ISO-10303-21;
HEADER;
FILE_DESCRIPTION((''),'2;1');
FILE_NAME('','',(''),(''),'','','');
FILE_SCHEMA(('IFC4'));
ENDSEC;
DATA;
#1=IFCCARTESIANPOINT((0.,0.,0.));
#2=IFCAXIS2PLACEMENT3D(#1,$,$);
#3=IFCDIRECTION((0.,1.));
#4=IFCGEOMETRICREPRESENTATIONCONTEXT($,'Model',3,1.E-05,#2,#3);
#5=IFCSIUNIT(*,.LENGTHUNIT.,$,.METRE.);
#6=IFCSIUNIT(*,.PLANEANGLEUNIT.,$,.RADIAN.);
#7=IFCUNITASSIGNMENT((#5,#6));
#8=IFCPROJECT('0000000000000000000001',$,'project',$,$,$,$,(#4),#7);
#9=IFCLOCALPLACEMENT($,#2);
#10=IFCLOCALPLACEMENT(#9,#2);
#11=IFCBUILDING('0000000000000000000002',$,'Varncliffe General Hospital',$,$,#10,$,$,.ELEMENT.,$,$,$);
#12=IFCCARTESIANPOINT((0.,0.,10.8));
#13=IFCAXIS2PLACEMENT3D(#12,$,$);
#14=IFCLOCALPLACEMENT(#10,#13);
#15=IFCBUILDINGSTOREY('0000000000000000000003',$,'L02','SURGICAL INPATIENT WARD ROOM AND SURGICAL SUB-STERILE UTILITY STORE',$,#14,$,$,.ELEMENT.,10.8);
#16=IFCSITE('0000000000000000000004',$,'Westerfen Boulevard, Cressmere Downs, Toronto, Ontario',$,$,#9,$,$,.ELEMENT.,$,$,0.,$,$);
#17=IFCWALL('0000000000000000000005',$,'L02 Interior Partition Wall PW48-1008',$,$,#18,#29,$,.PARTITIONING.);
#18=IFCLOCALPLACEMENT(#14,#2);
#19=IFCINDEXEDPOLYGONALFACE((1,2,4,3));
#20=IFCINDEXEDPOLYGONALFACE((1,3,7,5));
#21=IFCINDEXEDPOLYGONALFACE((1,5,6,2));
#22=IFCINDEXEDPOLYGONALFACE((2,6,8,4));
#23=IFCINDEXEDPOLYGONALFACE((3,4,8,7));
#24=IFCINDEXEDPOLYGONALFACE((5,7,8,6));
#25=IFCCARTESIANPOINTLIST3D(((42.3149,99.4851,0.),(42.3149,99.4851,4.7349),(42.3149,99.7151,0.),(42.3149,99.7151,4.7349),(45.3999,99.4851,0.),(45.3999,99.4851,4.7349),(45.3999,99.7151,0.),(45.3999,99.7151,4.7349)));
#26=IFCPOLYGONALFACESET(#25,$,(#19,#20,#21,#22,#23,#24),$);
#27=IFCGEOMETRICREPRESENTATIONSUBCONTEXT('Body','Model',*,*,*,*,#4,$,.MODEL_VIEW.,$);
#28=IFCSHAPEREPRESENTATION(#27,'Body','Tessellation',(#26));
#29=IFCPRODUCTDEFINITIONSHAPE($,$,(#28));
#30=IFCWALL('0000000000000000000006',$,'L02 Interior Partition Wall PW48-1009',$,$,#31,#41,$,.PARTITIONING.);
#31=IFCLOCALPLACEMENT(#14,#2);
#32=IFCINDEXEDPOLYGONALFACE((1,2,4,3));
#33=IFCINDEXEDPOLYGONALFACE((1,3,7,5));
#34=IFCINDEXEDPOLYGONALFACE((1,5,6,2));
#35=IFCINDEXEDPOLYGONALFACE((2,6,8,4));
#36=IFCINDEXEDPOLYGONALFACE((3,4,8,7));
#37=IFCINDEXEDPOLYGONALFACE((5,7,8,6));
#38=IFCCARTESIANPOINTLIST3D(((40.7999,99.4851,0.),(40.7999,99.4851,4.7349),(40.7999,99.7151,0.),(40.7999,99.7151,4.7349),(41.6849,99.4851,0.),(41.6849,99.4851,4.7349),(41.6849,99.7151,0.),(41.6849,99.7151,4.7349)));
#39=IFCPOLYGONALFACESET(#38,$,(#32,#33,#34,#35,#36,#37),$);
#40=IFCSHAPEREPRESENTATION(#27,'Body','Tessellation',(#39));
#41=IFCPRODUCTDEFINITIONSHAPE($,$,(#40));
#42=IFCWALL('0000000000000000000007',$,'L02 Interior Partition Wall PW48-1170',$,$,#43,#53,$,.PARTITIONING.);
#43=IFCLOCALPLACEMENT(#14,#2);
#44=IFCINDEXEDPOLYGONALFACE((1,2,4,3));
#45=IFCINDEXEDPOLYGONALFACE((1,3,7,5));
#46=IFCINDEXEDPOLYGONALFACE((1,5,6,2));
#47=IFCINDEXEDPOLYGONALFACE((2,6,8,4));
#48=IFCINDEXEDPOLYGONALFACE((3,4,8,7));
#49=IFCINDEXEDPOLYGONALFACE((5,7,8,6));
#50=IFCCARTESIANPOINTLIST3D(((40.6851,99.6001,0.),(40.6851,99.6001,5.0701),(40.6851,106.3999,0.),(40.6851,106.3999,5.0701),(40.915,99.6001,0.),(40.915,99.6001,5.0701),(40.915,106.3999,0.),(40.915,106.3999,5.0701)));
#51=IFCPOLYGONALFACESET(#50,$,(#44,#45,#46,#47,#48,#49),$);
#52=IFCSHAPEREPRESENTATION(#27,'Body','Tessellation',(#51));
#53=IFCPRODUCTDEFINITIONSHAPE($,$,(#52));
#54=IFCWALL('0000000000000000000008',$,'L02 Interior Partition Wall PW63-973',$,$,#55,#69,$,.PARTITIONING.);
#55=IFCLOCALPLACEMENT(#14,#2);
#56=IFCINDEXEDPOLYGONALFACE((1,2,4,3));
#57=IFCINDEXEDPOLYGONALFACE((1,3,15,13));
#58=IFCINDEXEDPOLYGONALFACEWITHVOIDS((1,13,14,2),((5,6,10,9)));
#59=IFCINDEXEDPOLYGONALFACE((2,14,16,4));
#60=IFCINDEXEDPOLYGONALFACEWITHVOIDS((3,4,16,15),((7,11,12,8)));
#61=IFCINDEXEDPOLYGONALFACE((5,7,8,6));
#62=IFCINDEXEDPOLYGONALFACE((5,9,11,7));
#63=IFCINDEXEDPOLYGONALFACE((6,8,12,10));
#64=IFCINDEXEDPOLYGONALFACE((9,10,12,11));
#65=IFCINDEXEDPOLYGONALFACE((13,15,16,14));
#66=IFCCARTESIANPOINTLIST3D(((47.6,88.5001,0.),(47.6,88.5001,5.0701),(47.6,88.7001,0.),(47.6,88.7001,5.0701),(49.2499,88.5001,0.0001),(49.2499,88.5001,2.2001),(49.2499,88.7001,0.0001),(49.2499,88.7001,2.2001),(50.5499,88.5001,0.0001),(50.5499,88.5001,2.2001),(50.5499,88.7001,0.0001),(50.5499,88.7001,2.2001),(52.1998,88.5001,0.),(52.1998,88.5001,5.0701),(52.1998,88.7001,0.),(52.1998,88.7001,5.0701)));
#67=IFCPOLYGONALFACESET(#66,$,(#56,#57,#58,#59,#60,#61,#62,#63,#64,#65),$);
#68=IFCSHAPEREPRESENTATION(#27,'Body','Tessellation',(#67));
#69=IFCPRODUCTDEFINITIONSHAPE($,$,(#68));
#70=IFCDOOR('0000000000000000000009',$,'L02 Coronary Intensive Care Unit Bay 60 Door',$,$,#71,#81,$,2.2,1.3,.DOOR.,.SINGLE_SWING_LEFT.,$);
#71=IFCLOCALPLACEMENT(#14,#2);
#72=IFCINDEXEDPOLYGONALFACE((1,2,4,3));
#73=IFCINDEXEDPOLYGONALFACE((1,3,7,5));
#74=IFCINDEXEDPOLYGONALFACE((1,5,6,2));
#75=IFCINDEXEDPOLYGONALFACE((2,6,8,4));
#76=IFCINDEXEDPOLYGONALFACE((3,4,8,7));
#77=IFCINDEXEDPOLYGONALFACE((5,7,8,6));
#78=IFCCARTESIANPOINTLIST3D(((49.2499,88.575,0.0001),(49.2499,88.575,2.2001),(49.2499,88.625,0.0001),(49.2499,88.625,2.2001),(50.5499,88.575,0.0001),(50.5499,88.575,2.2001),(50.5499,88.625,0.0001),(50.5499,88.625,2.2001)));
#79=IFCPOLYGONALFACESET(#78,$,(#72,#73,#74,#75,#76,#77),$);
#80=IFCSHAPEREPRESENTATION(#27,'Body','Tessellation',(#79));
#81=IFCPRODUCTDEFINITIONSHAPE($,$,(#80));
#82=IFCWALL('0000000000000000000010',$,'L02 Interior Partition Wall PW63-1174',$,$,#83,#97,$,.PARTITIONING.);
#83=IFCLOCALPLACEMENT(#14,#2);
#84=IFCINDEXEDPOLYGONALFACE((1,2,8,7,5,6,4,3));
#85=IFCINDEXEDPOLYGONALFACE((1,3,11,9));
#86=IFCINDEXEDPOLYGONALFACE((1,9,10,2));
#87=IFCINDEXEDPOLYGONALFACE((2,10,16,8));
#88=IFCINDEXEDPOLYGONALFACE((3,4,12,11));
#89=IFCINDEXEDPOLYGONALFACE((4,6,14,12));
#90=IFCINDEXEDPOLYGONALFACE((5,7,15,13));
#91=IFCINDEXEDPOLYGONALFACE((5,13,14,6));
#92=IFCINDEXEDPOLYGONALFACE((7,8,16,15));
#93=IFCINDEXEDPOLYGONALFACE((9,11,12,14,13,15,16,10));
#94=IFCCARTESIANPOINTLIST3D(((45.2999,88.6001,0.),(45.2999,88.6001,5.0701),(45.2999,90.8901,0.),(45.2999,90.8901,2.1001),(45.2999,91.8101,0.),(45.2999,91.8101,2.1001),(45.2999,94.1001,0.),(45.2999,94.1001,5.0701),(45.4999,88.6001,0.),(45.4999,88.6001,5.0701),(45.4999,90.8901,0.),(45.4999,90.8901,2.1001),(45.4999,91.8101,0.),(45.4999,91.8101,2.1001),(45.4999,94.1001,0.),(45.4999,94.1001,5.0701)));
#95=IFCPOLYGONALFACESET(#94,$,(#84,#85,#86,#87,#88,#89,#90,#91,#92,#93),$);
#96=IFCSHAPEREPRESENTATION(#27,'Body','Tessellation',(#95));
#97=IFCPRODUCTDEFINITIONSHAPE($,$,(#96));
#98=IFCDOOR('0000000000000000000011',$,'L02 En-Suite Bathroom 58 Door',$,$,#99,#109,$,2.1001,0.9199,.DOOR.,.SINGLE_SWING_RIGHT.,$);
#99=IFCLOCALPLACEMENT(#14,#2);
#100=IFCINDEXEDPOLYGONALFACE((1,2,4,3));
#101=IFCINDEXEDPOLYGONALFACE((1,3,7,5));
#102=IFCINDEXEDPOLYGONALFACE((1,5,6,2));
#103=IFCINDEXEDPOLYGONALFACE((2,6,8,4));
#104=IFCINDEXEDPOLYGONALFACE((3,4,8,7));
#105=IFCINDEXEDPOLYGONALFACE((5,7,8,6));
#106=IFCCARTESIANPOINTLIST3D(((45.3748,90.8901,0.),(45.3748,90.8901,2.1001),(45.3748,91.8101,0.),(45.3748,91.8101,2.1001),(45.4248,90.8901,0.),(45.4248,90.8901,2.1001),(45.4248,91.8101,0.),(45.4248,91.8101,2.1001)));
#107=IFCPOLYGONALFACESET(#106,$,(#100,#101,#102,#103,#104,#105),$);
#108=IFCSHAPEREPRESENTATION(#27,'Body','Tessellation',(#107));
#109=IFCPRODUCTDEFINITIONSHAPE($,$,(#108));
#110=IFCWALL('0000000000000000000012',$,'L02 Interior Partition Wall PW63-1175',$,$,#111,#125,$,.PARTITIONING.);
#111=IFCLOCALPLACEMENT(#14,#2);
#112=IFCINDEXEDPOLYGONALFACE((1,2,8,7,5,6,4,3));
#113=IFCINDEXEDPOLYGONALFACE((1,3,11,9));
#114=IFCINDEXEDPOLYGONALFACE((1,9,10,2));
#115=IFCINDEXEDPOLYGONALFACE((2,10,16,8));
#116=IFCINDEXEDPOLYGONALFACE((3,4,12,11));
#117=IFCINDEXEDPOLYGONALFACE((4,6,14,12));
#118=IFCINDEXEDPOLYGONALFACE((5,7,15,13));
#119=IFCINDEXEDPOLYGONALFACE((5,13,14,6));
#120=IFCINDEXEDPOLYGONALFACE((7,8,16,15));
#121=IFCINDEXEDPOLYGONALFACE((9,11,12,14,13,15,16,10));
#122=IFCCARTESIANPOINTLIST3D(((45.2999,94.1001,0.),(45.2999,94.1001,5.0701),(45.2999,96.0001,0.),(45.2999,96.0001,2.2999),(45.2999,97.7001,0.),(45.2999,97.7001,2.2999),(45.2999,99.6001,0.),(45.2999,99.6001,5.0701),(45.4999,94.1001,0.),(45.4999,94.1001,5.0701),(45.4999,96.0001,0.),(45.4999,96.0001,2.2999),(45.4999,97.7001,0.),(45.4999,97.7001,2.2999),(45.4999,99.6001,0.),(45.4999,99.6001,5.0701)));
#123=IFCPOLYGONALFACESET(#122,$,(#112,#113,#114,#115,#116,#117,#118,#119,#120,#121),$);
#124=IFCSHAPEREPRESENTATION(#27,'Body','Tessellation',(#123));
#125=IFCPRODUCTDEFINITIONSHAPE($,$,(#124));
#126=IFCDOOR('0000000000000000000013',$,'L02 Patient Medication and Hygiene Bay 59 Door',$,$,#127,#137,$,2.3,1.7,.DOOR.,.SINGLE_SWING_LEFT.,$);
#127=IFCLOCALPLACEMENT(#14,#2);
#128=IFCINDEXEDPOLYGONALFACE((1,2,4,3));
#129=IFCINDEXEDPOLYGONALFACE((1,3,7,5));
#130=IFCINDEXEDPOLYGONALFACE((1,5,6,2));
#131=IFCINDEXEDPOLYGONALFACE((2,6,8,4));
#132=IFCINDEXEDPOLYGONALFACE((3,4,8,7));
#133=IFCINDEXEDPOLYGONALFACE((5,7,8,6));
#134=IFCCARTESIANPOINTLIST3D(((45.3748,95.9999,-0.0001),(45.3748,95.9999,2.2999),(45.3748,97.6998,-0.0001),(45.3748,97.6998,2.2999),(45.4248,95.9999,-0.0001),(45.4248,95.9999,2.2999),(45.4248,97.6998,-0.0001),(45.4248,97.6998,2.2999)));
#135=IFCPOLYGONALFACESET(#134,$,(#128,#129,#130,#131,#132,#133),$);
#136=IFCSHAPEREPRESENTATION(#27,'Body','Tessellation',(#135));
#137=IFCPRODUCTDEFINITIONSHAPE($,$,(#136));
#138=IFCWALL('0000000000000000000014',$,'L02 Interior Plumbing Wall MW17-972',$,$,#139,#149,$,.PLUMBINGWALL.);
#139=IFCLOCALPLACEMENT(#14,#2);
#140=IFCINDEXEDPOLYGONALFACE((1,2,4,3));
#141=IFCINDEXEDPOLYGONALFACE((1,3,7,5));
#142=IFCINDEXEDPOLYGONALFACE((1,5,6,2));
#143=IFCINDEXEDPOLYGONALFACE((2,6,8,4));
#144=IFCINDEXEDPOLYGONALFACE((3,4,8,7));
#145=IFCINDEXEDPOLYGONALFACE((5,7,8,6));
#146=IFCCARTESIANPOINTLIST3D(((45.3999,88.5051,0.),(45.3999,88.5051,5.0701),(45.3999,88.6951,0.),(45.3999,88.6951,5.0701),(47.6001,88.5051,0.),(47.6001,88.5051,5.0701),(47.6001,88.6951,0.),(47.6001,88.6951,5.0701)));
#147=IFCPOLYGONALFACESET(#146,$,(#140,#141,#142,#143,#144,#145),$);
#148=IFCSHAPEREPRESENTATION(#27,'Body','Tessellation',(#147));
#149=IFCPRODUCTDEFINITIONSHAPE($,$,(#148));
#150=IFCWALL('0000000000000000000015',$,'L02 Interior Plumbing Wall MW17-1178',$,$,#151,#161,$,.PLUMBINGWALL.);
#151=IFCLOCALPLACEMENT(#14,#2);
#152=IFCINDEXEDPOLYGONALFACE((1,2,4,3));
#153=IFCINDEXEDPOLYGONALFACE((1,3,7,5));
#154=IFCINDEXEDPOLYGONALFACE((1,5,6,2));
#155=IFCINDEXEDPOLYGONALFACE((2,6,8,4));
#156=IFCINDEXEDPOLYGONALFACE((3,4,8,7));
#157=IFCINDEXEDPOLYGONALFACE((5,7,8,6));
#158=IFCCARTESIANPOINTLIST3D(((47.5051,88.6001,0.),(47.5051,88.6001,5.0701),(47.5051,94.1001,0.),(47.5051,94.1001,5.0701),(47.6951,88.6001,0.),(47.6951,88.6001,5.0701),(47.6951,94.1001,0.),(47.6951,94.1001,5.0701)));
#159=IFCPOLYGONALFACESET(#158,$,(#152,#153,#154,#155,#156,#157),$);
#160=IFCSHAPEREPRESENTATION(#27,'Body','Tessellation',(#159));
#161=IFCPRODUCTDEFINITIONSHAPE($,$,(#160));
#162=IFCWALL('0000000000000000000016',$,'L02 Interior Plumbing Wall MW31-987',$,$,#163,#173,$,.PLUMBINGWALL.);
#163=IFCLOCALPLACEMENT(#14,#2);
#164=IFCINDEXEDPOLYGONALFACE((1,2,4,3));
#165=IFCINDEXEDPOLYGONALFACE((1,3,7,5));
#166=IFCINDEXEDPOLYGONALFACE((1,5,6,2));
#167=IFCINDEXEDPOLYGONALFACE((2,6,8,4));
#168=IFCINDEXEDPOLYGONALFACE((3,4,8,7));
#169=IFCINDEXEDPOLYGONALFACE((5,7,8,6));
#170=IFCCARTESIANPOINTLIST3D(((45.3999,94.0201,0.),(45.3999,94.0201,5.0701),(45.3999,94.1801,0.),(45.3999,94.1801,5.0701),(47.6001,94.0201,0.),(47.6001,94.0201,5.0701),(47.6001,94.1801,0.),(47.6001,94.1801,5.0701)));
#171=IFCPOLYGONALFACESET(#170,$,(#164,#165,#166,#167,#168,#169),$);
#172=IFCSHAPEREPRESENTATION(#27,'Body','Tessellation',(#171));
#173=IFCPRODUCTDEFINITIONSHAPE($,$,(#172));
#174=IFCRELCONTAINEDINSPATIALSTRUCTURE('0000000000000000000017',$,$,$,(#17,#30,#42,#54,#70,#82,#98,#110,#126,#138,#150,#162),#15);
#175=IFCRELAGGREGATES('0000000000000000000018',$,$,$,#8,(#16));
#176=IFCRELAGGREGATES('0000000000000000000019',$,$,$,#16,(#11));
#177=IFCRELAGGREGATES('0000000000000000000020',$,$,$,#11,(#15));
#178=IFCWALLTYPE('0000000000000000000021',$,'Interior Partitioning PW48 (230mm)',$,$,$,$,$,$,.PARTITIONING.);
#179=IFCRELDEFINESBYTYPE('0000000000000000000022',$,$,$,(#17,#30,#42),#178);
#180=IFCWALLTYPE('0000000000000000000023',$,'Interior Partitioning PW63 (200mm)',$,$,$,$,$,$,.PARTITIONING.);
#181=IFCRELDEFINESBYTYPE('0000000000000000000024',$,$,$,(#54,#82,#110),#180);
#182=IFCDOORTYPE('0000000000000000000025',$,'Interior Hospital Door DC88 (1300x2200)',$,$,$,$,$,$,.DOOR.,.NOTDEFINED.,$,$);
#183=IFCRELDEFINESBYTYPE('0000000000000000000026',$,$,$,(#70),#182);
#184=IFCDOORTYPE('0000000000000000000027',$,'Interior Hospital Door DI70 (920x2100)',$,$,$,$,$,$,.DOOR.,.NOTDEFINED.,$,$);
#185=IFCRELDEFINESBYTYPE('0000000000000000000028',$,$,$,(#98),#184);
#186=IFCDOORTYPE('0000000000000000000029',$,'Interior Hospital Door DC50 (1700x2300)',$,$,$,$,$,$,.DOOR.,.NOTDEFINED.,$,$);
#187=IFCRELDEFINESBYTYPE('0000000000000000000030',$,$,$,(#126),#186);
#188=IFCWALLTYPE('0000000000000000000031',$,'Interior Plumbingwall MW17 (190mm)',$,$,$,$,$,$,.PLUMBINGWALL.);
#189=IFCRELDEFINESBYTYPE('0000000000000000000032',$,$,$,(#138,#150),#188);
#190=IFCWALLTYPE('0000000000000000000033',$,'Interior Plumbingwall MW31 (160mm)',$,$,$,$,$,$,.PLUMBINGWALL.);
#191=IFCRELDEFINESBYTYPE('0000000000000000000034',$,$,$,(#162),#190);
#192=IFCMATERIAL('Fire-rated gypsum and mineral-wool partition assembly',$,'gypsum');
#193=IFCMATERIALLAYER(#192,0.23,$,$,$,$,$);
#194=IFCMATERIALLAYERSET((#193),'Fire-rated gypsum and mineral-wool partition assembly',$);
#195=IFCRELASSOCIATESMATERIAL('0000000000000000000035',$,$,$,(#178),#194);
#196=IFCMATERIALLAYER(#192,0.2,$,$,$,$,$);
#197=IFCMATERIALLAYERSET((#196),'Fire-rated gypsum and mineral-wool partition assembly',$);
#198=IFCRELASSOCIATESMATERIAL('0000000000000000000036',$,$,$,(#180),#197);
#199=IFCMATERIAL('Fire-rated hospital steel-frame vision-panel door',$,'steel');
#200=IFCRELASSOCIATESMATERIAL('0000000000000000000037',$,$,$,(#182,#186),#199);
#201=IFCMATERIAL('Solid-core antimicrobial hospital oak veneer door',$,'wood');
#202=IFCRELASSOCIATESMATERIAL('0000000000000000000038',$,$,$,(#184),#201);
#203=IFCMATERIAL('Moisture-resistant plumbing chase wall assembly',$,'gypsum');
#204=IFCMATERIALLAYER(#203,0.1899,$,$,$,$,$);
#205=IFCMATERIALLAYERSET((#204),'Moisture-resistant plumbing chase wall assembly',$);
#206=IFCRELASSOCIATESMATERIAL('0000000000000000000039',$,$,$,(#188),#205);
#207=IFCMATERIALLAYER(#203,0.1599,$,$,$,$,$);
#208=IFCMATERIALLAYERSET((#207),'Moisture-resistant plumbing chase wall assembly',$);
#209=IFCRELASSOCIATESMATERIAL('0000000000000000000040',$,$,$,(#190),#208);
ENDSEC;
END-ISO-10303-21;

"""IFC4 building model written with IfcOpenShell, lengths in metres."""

from ifc_helpers import new_model, si_unit, direction, frame, frame_2d, origin, place, context, subcontext, project, spatial, rectangle, extrude, material, layer, layer_set, type_object, element, fill, save


model = new_model("IFC4")

# Units and contexts
model_context = context("Model", 3, precision=1e-05, world=origin(), true_north=direction((0.0, 1.0)))
body_context = subcontext(model_context, "Body", "Model", "MODEL_VIEW")
ifc_project = project(units=[si_unit("LENGTHUNIT", "METRE"), si_unit("PLANEANGLEUNIT", "RADIAN")], contexts=[model_context])

# Site, building, storey
site_placement = place(None, origin())
site = spatial("IfcSite", under=ifc_project, at=site_placement, Name="Westerfen Boulevard, Cressmere Downs, Toronto, Ontario", CompositionType="ELEMENT", RefElevation=0.0)
building_placement = place(site_placement, origin())
building = spatial("IfcBuilding", under=site, at=building_placement, Name="Varncliffe General Hospital", CompositionType="ELEMENT")
storey_placement = place(building_placement, frame((0.0, 0.0, 10.8)))
storey = spatial("IfcBuildingStorey", under=building, at=storey_placement, Name="L02", Description="SURGICAL INPATIENT WARD ROOM AND SURGICAL SUB-STERILE UTILITY STORE", CompositionType="ELEMENT", Elevation=10.8)

# Walls
ifc_material_1 = material(Name="Fire-rated gypsum and mineral-wool partition assembly", Category="gypsum")
ifc_layer_1 = layer(ifc_material_1, 0.23)
ifc_layer_set_1 = layer_set([ifc_layer_1], Name="Fire-rated gypsum and mineral-wool partition assembly")
wall_type_1 = type_object("IfcWallType", Name="Interior Partitioning PW48 (230mm)", PredefinedType="PARTITIONING", material=ifc_layer_set_1)
wall_1_placement = place(storey_placement, frame((42.3149, 99.6001, 0.0), z_axis=(0.0, 0.0, 1.0), x_axis=(1.0, 0.0, 0.0)))
element("IfcWall", 1, at=wall_1_placement, inside=storey, type_object=wall_type_1, Name="L02 Interior Partition Wall PW48-1008", PredefinedType="PARTITIONING", context=body_context, shape_type="SweptSolid", body=[
    extrude(rectangle(XDim=3.085, YDim=0.23, at=frame_2d((1.5425, 0.0))), origin(), (0.0, 0.0, 1.0), 4.7349),
])
wall_2_placement = place(storey_placement, frame((40.8, 99.6001, 0.0), z_axis=(0.0, 0.0, 1.0), x_axis=(1.0, 0.0, 0.0)))
element("IfcWall", 2, at=wall_2_placement, inside=storey, type_object=wall_type_1, Name="L02 Interior Partition Wall PW48-1009", PredefinedType="PARTITIONING", context=body_context, shape_type="SweptSolid", body=[
    extrude(rectangle(XDim=0.885, YDim=0.23, at=frame_2d((0.4424, 0.0))), origin(), (0.0, 0.0, 1.0), 4.7349),
])
wall_3_placement = place(storey_placement, frame((40.8, 99.6001, 0.0), z_axis=(0.0, 0.0, 1.0), x_axis=(0.0, 1.0, 0.0)))
element("IfcWall", 3, at=wall_3_placement, inside=storey, type_object=wall_type_1, Name="L02 Interior Partition Wall PW48-1170", PredefinedType="PARTITIONING", context=body_context, shape_type="SweptSolid", body=[
    extrude(rectangle(XDim=6.7998, YDim=0.23, at=frame_2d((3.3999, 0.0))), origin(), (0.0, 0.0, 1.0), 5.0701),
])

# Walls, openings, doors
ifc_layer_2 = layer(ifc_material_1, 0.2)
ifc_layer_set_2 = layer_set([ifc_layer_2], Name="Fire-rated gypsum and mineral-wool partition assembly")
wall_type_2 = type_object("IfcWallType", Name="Interior Partitioning PW63 (200mm)", PredefinedType="PARTITIONING", material=ifc_layer_set_2)
ifc_material_2 = material(Name="Fire-rated hospital steel-frame vision-panel door", Category="steel")
wall_4_placement = place(storey_placement, frame((47.6001, 88.6001, 0.0), z_axis=(0.0, 0.0, 1.0), x_axis=(1.0, 0.0, 0.0)))
wall_4 = element("IfcWall", 4, at=wall_4_placement, inside=storey, type_object=wall_type_2, Name="L02 Interior Partition Wall PW63-973", PredefinedType="PARTITIONING", context=body_context, shape_type="SweptSolid", body=[
    extrude(rectangle(XDim=4.5999, YDim=0.2, at=frame_2d((2.2998, 0.0))), origin(), (0.0, 0.0, 1.0), 5.0701),
])
opening_1_placement = place(wall_4_placement, frame((1.6499, 0.0, 0.0)))
opening_1 = element("IfcOpeningElement", 5, at=opening_1_placement, cuts=wall_4, PredefinedType="OPENING", context=body_context, shape_type="SweptSolid", body=[
    extrude(rectangle(XDim=1.3, YDim=2.2, at=frame_2d((0.6499, 1.1001))), frame((0.0, 0.1099, 0.0), z_axis=(0.0, -1.0, 0.0), x_axis=(1.0, 0.0, 0.0)), (0.0, 0.0, 1.0), 0.22),
])
door_type_1 = type_object("IfcDoorType", Name="Interior Hospital Door DC88 (1300x2200)", OperationType="NOTDEFINED", PredefinedType="DOOR", material=ifc_material_2)
door_1_placement = place(opening_1_placement, origin())
door_1 = element("IfcDoor", 6, at=door_1_placement, inside=storey, type_object=door_type_1, Name="L02 Coronary Intensive Care Unit Bay 60 Door", OperationType="SINGLE_SWING_LEFT", OverallHeight=2.2, OverallWidth=1.3, PredefinedType="DOOR", context=body_context, shape_type="SweptSolid", body=[
    extrude(rectangle(XDim=1.3, YDim=2.2, at=frame_2d((0.6499, 1.1001))), frame((0.0, 0.0249, 0.0), z_axis=(0.0, -1.0, 0.0), x_axis=(1.0, 0.0, 0.0)), (0.0, 0.0, 1.0), 0.05),
])
fill(opening_1, door_1)
wall_5_placement = place(storey_placement, frame((45.3999, 88.6001, 0.0), z_axis=(0.0, 0.0, 1.0), x_axis=(0.0, 1.0, 0.0)))
wall_5 = element("IfcWall", 7, at=wall_5_placement, inside=storey, type_object=wall_type_2, Name="L02 Interior Partition Wall PW63-1174", PredefinedType="PARTITIONING", context=body_context, shape_type="SweptSolid", body=[
    extrude(rectangle(XDim=5.5, YDim=0.2, at=frame_2d((2.75, 0.0))), origin(), (0.0, 0.0, 1.0), 5.0701),
])
opening_2_placement = place(wall_5_placement, frame((2.29, 0.0, 0.0)))
opening_2 = element("IfcOpeningElement", 8, at=opening_2_placement, cuts=wall_5, PredefinedType="OPENING", context=body_context, shape_type="SweptSolid", body=[
    extrude(rectangle(XDim=0.9199, YDim=2.1001, at=frame_2d((0.46, 1.05))), frame((0.0, 0.1099, 0.0), z_axis=(0.0, -1.0, 0.0), x_axis=(1.0, 0.0, 0.0)), (0.0, 0.0, 1.0), 0.22),
])
ifc_material_3 = material(Name="Solid-core antimicrobial hospital oak veneer door", Category="wood")
door_type_2 = type_object("IfcDoorType", Name="Interior Hospital Door DI70 (920x2100)", OperationType="NOTDEFINED", PredefinedType="DOOR", material=ifc_material_3)
door_2_placement = place(opening_2_placement, frame((0.9199, 0.0, 0.0), z_axis=(0.0, 0.0, 1.0), x_axis=(-1.0, 0.0, 0.0)))
door_2 = element("IfcDoor", 9, at=door_2_placement, inside=storey, type_object=door_type_2, Name="L02 En-Suite Bathroom 58 Door", OperationType="SINGLE_SWING_RIGHT", OverallHeight=2.1001, OverallWidth=0.9199, PredefinedType="DOOR", context=body_context, shape_type="SweptSolid", body=[
    extrude(rectangle(XDim=0.9199, YDim=2.1001, at=frame_2d((0.46, 1.05))), frame((0.0, 0.0249, 0.0), z_axis=(0.0, -1.0, 0.0), x_axis=(1.0, 0.0, 0.0)), (0.0, 0.0, 1.0), 0.05),
])
fill(opening_2, door_2)
wall_6_placement = place(storey_placement, frame((45.3999, 94.1001, 0.0), z_axis=(0.0, 0.0, 1.0), x_axis=(0.0, 1.0, 0.0)))
wall_6 = element("IfcWall", 10, at=wall_6_placement, inside=storey, type_object=wall_type_2, Name="L02 Interior Partition Wall PW63-1175", PredefinedType="PARTITIONING", context=body_context, shape_type="SweptSolid", body=[
    extrude(rectangle(XDim=5.5, YDim=0.2, at=frame_2d((2.75, 0.0))), origin(), (0.0, 0.0, 1.0), 5.0701),
])
opening_3_placement = place(wall_6_placement, frame((1.8999, 0.0, 0.0)))
opening_3 = element("IfcOpeningElement", 11, at=opening_3_placement, cuts=wall_6, PredefinedType="OPENING", context=body_context, shape_type="SweptSolid", body=[
    extrude(rectangle(XDim=1.7, YDim=2.3, at=frame_2d((0.8501, 1.1499))), frame((0.0, 0.1099, 0.0), z_axis=(0.0, -1.0, 0.0), x_axis=(1.0, 0.0, 0.0)), (0.0, 0.0, 1.0), 0.22),
])
door_type_3 = type_object("IfcDoorType", Name="Interior Hospital Door DC50 (1700x2300)", OperationType="NOTDEFINED", PredefinedType="DOOR", material=ifc_material_2)
door_3_placement = place(opening_3_placement, frame((1.7, 0.0, 0.0), z_axis=(0.0, 0.0, 1.0), x_axis=(-1.0, 0.0, 0.0)))
door_3 = element("IfcDoor", 12, at=door_3_placement, inside=storey, type_object=door_type_3, Name="L02 Patient Medication and Hygiene Bay 59 Door", OperationType="SINGLE_SWING_LEFT", OverallHeight=2.3, OverallWidth=1.7, PredefinedType="DOOR", context=body_context, shape_type="SweptSolid", body=[
    extrude(rectangle(XDim=1.7, YDim=2.3, at=frame_2d((0.8501, 1.1499))), frame((0.0, 0.0249, 0.0), z_axis=(0.0, -1.0, 0.0), x_axis=(1.0, 0.0, 0.0)), (0.0, 0.0, 1.0), 0.05),
])
fill(opening_3, door_3)

# Walls
ifc_material_4 = material(Name="Moisture-resistant plumbing chase wall assembly", Category="gypsum")
ifc_layer_3 = layer(ifc_material_4, 0.1899)
ifc_layer_set_3 = layer_set([ifc_layer_3], Name="Moisture-resistant plumbing chase wall assembly")
wall_type_3 = type_object("IfcWallType", Name="Interior Plumbingwall MW17 (190mm)", PredefinedType="PLUMBINGWALL", material=ifc_layer_set_3)
wall_7_placement = place(storey_placement, frame((45.3999, 88.6001, 0.0), z_axis=(0.0, 0.0, 1.0), x_axis=(1.0, 0.0, 0.0)))
element("IfcWall", 13, at=wall_7_placement, inside=storey, type_object=wall_type_3, Name="L02 Interior Plumbing Wall MW17-972", PredefinedType="PLUMBINGWALL", context=body_context, shape_type="SweptSolid", body=[
    extrude(rectangle(XDim=2.2002, YDim=0.1899, at=frame_2d((1.1001, 0.0))), origin(), (0.0, 0.0, 1.0), 5.0701),
])
wall_8_placement = place(storey_placement, frame((47.6001, 88.6001, 0.0), z_axis=(0.0, 0.0, 1.0), x_axis=(0.0, 1.0, 0.0)))
element("IfcWall", 14, at=wall_8_placement, inside=storey, type_object=wall_type_3, Name="L02 Interior Plumbing Wall MW17-1178", PredefinedType="PLUMBINGWALL", context=body_context, shape_type="SweptSolid", body=[
    extrude(rectangle(XDim=5.5, YDim=0.1899, at=frame_2d((2.75, 0.0))), origin(), (0.0, 0.0, 1.0), 5.0701),
])
ifc_layer_4 = layer(ifc_material_4, 0.1599)
ifc_layer_set_4 = layer_set([ifc_layer_4], Name="Moisture-resistant plumbing chase wall assembly")
wall_type_4 = type_object("IfcWallType", Name="Interior Plumbingwall MW31 (160mm)", PredefinedType="PLUMBINGWALL", material=ifc_layer_set_4)
wall_9_placement = place(storey_placement, frame((45.3999, 94.1001, 0.0), z_axis=(0.0, 0.0, 1.0), x_axis=(1.0, 0.0, 0.0)))
element("IfcWall", 15, at=wall_9_placement, inside=storey, type_object=wall_type_4, Name="L02 Interior Plumbing Wall MW31-987", PredefinedType="PLUMBINGWALL", context=body_context, shape_type="SweptSolid", body=[
    extrude(rectangle(XDim=2.2002, YDim=0.1599, at=frame_2d((1.1001, 0.0))), origin(), (0.0, 0.0, 1.0), 5.0701),
])

save(model, "model.ifc")
